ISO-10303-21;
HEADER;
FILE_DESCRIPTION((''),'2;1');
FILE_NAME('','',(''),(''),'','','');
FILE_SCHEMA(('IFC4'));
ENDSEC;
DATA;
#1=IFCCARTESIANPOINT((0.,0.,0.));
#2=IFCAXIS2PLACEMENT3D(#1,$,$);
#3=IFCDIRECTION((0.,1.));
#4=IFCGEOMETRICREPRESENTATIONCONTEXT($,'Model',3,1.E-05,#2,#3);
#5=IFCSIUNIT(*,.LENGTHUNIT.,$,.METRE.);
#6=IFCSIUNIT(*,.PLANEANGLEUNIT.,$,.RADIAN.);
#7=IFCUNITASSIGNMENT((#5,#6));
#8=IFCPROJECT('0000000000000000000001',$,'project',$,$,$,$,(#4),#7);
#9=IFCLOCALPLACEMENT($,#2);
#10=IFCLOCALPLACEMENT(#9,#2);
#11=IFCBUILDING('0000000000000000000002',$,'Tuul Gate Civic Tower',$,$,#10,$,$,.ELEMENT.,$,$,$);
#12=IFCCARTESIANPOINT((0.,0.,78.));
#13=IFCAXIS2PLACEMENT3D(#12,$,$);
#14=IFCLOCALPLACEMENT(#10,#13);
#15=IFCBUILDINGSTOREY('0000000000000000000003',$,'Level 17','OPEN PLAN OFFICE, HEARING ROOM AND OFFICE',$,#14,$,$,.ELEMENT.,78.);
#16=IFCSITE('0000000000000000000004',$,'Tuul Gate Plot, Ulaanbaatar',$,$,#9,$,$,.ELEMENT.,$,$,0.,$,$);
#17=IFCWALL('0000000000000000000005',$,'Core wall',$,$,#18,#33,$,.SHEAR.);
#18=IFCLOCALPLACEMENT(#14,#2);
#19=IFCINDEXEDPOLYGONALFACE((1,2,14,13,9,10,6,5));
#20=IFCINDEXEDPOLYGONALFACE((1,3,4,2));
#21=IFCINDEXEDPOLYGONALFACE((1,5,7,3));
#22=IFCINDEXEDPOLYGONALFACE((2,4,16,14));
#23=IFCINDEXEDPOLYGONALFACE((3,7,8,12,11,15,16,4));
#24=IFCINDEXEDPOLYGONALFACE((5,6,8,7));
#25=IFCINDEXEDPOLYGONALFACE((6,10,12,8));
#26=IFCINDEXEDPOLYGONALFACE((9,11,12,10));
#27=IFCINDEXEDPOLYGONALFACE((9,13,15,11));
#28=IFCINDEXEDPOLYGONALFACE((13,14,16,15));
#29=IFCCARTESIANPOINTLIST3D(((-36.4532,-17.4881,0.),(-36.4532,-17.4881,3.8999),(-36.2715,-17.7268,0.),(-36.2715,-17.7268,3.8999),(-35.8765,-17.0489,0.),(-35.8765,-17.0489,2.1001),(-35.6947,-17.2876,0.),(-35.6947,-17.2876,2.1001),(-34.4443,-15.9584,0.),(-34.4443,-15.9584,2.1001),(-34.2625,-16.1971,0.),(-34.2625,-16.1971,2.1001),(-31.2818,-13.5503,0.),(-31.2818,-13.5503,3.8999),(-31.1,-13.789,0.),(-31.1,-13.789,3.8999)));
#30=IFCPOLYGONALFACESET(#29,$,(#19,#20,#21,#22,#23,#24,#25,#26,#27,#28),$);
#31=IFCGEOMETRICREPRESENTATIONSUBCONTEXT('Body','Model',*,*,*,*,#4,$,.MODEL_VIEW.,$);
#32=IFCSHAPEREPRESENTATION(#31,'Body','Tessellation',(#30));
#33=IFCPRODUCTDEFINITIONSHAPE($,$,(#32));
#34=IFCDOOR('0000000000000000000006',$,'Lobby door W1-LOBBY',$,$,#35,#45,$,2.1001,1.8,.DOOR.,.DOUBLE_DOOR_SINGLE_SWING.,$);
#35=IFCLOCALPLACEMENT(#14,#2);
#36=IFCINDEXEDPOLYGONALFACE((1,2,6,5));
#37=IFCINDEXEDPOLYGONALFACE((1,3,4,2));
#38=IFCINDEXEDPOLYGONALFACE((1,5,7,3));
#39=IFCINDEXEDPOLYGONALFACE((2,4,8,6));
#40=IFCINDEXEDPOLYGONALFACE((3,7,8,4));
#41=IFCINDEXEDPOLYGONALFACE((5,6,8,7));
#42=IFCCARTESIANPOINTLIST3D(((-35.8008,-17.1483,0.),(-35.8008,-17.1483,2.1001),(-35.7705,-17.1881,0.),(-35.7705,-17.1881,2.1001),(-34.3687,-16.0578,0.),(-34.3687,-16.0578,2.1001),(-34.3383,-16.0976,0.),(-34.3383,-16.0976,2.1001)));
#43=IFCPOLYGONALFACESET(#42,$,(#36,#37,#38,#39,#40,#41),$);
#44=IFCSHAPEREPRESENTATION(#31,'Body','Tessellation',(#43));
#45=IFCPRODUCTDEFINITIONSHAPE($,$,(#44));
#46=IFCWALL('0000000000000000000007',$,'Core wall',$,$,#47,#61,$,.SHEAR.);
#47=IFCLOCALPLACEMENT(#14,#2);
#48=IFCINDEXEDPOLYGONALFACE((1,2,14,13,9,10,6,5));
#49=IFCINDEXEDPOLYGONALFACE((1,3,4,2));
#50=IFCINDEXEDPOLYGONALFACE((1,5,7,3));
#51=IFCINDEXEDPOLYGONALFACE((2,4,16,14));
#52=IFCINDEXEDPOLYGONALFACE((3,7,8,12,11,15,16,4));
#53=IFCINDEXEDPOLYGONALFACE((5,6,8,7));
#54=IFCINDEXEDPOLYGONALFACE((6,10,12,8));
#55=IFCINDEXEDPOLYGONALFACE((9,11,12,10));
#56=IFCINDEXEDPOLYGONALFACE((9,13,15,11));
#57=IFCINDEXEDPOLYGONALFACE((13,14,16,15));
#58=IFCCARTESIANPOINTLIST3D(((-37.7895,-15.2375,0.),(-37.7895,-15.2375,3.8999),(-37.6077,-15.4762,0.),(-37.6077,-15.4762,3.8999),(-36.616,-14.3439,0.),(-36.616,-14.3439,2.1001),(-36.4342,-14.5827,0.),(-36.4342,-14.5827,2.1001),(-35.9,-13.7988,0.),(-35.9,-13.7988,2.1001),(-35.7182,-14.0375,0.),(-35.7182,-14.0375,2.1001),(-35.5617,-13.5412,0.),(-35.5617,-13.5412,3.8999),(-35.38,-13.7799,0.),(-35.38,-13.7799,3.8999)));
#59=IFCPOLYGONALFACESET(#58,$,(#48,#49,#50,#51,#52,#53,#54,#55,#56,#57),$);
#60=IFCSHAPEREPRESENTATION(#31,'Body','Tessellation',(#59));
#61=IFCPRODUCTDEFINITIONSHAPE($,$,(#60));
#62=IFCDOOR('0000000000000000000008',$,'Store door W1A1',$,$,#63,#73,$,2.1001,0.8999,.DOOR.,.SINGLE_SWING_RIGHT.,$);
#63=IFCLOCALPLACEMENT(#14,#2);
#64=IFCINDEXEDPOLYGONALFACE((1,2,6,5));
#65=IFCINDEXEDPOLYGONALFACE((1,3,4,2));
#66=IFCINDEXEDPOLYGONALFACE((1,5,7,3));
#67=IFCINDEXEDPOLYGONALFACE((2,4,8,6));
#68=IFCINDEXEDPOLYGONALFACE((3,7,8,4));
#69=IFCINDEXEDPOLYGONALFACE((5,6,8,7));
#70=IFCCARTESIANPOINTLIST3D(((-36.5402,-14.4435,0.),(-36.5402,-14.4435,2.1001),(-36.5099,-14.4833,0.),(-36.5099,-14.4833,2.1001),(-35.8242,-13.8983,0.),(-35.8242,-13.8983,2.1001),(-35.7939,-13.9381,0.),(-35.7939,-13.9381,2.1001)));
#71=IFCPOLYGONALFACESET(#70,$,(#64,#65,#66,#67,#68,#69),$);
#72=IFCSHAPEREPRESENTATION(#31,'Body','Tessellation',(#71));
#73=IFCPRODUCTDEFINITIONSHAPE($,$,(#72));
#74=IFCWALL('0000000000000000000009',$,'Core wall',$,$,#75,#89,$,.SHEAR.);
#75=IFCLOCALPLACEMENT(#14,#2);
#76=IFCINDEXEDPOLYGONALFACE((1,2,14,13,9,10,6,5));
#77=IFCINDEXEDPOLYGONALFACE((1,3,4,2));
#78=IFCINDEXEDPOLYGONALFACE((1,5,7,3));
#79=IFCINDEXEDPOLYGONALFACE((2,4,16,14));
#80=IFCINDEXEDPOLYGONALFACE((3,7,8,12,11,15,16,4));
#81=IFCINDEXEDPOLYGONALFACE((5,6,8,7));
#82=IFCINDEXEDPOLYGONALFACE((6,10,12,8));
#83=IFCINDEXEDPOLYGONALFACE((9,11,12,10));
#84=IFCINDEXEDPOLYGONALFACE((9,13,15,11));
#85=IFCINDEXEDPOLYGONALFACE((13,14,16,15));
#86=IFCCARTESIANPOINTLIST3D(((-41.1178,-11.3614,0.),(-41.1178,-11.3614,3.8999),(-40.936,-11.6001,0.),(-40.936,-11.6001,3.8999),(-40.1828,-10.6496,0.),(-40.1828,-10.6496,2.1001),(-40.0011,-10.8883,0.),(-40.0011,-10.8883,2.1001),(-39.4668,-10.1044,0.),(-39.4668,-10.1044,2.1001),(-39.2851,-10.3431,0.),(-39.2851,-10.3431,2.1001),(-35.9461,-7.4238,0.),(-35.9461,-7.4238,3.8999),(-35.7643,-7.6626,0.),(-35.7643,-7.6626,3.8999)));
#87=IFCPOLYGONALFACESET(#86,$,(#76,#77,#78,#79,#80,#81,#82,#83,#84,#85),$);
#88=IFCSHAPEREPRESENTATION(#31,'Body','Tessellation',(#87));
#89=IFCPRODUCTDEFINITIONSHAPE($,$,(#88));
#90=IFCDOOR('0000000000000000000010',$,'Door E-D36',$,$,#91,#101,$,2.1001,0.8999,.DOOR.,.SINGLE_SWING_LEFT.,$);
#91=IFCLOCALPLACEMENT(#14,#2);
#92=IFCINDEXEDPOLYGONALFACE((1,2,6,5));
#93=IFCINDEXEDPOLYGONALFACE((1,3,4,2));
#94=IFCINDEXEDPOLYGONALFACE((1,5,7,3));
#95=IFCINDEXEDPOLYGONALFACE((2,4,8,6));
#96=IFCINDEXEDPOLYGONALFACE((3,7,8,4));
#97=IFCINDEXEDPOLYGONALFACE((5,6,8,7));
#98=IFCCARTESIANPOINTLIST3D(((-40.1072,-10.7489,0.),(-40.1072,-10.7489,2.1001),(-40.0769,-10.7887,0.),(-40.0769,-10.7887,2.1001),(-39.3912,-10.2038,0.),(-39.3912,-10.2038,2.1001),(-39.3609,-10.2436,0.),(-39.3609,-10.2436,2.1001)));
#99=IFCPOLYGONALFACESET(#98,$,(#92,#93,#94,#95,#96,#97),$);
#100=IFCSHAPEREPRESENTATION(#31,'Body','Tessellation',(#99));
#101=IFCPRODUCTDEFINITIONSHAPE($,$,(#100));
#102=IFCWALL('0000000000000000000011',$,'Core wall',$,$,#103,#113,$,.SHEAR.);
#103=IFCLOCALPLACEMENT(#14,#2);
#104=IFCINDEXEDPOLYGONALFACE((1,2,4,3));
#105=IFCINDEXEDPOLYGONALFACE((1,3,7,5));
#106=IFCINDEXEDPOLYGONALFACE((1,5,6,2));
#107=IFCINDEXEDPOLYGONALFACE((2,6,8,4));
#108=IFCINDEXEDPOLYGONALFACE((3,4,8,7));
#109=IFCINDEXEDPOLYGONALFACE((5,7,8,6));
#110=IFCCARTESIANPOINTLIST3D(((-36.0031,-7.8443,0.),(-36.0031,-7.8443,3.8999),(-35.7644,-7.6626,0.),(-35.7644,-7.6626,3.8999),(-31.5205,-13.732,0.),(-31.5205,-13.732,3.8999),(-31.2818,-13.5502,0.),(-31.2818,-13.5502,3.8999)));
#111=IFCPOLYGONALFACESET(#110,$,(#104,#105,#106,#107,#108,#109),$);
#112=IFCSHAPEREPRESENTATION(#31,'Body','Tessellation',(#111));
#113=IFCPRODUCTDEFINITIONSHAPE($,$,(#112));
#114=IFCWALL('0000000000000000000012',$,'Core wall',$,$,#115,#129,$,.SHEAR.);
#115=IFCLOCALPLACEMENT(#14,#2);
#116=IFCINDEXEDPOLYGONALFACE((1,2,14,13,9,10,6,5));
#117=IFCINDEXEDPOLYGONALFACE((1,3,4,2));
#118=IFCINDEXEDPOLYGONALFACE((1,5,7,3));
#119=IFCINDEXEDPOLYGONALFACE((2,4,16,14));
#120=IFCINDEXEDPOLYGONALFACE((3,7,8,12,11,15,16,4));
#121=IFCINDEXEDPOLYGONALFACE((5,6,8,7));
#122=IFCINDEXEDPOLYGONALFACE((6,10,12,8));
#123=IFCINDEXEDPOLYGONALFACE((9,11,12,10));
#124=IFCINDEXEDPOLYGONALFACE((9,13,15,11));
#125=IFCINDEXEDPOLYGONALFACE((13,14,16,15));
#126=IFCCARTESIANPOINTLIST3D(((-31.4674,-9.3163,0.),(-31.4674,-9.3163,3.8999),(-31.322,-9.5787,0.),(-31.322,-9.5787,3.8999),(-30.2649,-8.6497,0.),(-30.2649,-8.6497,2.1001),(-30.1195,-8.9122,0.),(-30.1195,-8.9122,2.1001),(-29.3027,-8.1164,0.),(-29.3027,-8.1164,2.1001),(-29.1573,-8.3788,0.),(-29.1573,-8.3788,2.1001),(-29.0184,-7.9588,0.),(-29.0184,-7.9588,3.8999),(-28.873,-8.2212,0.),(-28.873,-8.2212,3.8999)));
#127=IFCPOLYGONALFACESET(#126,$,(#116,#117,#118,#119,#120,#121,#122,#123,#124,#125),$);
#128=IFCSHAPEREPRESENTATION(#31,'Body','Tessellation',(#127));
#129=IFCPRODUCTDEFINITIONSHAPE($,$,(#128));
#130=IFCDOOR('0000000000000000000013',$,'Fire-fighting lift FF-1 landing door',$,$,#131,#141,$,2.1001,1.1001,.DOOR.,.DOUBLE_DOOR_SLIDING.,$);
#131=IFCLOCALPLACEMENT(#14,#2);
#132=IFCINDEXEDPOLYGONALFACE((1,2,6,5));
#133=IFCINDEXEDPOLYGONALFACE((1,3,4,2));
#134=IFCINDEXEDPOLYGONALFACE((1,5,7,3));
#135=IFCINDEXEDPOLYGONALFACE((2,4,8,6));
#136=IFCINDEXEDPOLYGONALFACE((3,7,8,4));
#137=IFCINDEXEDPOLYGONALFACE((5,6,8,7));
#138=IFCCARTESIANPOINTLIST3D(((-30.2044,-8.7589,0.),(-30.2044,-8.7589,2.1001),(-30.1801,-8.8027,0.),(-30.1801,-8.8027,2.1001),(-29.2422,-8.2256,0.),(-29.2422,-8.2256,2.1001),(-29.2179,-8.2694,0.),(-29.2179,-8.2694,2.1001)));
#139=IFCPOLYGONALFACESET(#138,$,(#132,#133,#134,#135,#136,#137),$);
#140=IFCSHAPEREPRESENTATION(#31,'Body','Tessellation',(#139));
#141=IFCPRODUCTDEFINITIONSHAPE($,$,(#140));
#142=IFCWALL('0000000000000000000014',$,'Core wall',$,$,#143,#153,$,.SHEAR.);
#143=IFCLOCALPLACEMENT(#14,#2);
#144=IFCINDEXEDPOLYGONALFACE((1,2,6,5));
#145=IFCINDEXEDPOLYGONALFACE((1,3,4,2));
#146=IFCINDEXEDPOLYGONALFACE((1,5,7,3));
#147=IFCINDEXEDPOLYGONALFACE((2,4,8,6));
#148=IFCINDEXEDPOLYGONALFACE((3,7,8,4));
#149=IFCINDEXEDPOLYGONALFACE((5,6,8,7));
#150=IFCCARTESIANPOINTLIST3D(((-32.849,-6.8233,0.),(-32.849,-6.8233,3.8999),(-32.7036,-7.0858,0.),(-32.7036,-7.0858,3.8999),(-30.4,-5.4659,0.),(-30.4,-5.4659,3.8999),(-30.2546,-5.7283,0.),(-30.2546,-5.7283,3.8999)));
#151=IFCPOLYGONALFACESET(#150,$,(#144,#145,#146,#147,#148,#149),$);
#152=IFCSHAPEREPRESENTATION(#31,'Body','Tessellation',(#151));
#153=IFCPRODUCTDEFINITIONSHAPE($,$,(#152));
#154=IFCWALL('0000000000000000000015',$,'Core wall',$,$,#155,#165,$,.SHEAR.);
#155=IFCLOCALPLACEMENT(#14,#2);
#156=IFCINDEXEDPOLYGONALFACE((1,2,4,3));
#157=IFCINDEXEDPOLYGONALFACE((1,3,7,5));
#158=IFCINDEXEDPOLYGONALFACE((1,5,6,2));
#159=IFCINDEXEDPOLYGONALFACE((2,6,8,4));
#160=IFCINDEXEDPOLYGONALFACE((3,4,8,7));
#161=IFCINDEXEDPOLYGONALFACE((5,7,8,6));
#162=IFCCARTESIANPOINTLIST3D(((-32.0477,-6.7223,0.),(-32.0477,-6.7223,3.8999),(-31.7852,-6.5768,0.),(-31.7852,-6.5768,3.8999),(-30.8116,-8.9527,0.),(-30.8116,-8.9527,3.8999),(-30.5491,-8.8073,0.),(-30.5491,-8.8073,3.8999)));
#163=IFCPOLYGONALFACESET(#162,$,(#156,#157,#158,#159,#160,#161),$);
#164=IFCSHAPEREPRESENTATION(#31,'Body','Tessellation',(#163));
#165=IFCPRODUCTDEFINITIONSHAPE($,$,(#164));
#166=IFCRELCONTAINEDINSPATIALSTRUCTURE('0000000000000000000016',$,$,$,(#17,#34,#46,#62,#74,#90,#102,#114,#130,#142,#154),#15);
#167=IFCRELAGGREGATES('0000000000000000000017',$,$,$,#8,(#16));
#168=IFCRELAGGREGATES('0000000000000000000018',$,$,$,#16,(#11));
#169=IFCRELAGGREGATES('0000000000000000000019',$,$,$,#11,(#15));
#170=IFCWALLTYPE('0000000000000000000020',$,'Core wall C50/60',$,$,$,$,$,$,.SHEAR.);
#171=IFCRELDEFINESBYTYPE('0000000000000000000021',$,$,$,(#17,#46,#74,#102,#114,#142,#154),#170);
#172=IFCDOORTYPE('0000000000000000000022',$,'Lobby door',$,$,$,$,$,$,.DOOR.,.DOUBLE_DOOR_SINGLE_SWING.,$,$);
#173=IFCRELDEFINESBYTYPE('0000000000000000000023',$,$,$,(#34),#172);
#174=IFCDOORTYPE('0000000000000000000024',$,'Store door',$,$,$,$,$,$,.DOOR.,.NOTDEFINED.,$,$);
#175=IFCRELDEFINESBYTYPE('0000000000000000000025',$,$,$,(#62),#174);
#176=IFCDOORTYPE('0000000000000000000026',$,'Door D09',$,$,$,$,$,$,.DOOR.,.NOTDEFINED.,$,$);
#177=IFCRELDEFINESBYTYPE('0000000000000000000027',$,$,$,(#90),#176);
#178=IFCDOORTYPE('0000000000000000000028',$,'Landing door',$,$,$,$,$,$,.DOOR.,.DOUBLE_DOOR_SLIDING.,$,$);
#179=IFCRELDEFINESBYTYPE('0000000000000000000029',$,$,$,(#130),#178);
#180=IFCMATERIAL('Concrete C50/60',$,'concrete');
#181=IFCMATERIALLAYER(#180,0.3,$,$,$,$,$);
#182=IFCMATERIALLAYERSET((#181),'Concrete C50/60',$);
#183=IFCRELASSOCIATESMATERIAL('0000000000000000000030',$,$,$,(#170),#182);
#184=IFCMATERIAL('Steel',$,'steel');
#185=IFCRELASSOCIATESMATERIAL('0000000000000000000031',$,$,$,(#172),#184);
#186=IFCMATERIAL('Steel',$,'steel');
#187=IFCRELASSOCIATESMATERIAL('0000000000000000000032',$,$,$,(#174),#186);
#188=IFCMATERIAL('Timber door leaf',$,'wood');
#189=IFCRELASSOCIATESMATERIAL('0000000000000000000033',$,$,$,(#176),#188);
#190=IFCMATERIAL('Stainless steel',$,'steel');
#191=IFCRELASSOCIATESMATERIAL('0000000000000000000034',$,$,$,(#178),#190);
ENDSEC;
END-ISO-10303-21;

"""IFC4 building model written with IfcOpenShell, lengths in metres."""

from ifc_helpers import new_model, si_unit, direction, frame, frame_2d, origin, place, context, subcontext, project, spatial, rectangle, extrude, material, layer, layer_set, type_object, element, fill, save


model = new_model("IFC4")

# Units and contexts
model_context = context("Model", 3, precision=1e-05, world=origin(), true_north=direction((0.0, 1.0)))
body_context = subcontext(model_context, "Body", "Model", "MODEL_VIEW")
ifc_project = project(units=[si_unit("LENGTHUNIT", "METRE"), si_unit("PLANEANGLEUNIT", "RADIAN")], contexts=[model_context])

# Site, building, storey
site_placement = place(None, origin())
site = spatial("IfcSite", under=ifc_project, at=site_placement, Name="Tuul Gate Plot, Ulaanbaatar", CompositionType="ELEMENT", RefElevation=0.0)
building_placement = place(site_placement, origin())
building = spatial("IfcBuilding", under=site, at=building_placement, Name="Tuul Gate Civic Tower", CompositionType="ELEMENT")
storey_placement = place(building_placement, frame((0.0, 0.0, 78.0)))
storey = spatial("IfcBuildingStorey", under=building, at=storey_placement, Name="Level 17", Description="OPEN PLAN OFFICE, HEARING ROOM AND OFFICE", CompositionType="ELEMENT", Elevation=78.0)

# Walls, openings, doors
ifc_material_1 = material(Name="Concrete C50/60", Category="concrete")
ifc_layer = layer(ifc_material_1, 0.3)
ifc_layer_set = layer_set([ifc_layer], Name="Concrete C50/60")
wall_type = type_object("IfcWallType", Name="Core wall C50/60", PredefinedType="SHEAR", material=ifc_layer_set)
wall_1_placement = place(storey_placement, frame((-31.1909, -13.6697, 0.0), z_axis=(0.0, 0.0, 1.0), x_axis=(-0.795607, -0.605813, 0.0)))
wall_1 = element("IfcWall", 1, at=wall_1_placement, inside=storey, type_object=wall_type, Name="Core wall", PredefinedType="SHEAR", context=body_context, shape_type="SweptSolid", body=[
    extrude(rectangle(XDim=6.5, YDim=0.3, at=frame_2d((3.25, 0.0))), origin(), (0.0, 0.0, 1.0), 3.8999),
])
opening_1_placement = place(wall_1_placement, frame((3.9751, 0.0, 0.0)))
opening_1 = element("IfcOpeningElement", 2, at=opening_1_placement, cuts=wall_1, PredefinedType="OPENING", context=body_context, shape_type="SweptSolid", body=[
    extrude(rectangle(XDim=1.8, YDim=2.1001, at=frame_2d((0.8999, 1.05))), frame((0.0, 0.1602, 0.0), z_axis=(0.0, -1.0, 0.0), x_axis=(1.0, 0.0, 0.0)), (0.0, 0.0, 1.0), 0.3201),
])
ifc_material_2 = material(Name="Steel", Category="steel")
door_type_1 = type_object("IfcDoorType", Name="Lobby door", OperationType="DOUBLE_DOOR_SINGLE_SWING", PredefinedType="DOOR", material=ifc_material_2)
door_1_placement = place(opening_1_placement, origin())
door_1 = element("IfcDoor", 3, at=door_1_placement, inside=storey, type_object=door_type_1, Name="Lobby door W1-LOBBY", OperationType="DOUBLE_DOOR_SINGLE_SWING", OverallHeight=2.1001, OverallWidth=1.8, PredefinedType="DOOR", context=body_context, shape_type="SweptSolid", body=[
    extrude(rectangle(XDim=1.8, YDim=2.1001, at=frame_2d((0.8999, 1.05))), frame((0.0, 0.0249, 0.0), z_axis=(0.0, -1.0, 0.0), x_axis=(1.0, 0.0, 0.0)), (0.0, 0.0, 1.0), 0.05),
])
fill(opening_1, door_1)
wall_2_placement = place(storey_placement, frame((-35.4709, -13.6606, 0.0), z_axis=(0.0, 0.0, 1.0), x_axis=(-0.795616, -0.605802, 0.0)))
wall_2 = element("IfcWall", 4, at=wall_2_placement, inside=storey, type_object=wall_type, Name="Core wall", PredefinedType="SHEAR", context=body_context, shape_type="SweptSolid", body=[
    extrude(rectangle(XDim=2.8, YDim=0.3, at=frame_2d((1.3999, 0.0))), origin(), (0.0, 0.0, 1.0), 3.8999),
])
opening_2_placement = place(wall_2_placement, frame((0.425, 0.0, 0.0)))
opening_2 = element("IfcOpeningElement", 5, at=opening_2_placement, cuts=wall_2, PredefinedType="OPENING", context=body_context, shape_type="SweptSolid", body=[
    extrude(rectangle(XDim=0.8999, YDim=2.1001, at=frame_2d((0.45, 1.05))), frame((0.0, 0.1602, 0.0), z_axis=(0.0, -1.0, 0.0), x_axis=(1.0, 0.0, 0.0)), (0.0, 0.0, 1.0), 0.3201),
])
ifc_material_3 = material(Name="Steel", Category="steel")
door_type_2 = type_object("IfcDoorType", Name="Store door", OperationType="NOTDEFINED", PredefinedType="DOOR", material=ifc_material_3)
door_2_placement = place(opening_2_placement, frame((0.8999, 0.0, 0.0), z_axis=(0.0, 0.0, 1.0), x_axis=(-1.0, 0.0, 0.0)))
door_2 = element("IfcDoor", 6, at=door_2_placement, inside=storey, type_object=door_type_2, Name="Store door W1A1", OperationType="SINGLE_SWING_RIGHT", OverallHeight=2.1001, OverallWidth=0.8999, PredefinedType="DOOR", context=body_context, shape_type="SweptSolid", body=[
    extrude(rectangle(XDim=0.8999, YDim=2.1001, at=frame_2d((0.45, 1.05))), frame((0.0, 0.0249, 0.0), z_axis=(0.0, -1.0, 0.0), x_axis=(1.0, 0.0, 0.0)), (0.0, 0.0, 1.0), 0.05),
])
fill(opening_2, door_2)
wall_3_placement = place(storey_placement, frame((-35.8552, -7.5432, 0.0), z_axis=(0.0, 0.0, 1.0), x_axis=(-0.795639, -0.605772, 0.0)))
wall_3 = element("IfcWall", 7, at=wall_3_placement, inside=storey, type_object=wall_type, Name="Core wall", PredefinedType="SHEAR", context=body_context, shape_type="SweptSolid", body=[
    extrude(rectangle(XDim=6.5, YDim=0.3, at=frame_2d((3.25, 0.0))), origin(), (0.0, 0.0, 1.0), 3.8999),
])
opening_3_placement = place(wall_3_placement, frame((4.425, 0.0, 0.0)))
opening_3 = element("IfcOpeningElement", 8, at=opening_3_placement, cuts=wall_3, PredefinedType="OPENING", context=body_context, shape_type="SweptSolid", body=[
    extrude(rectangle(XDim=0.8999, YDim=2.1001, at=frame_2d((0.45, 1.05))), frame((0.0, 0.1602, 0.0), z_axis=(0.0, -1.0, 0.0), x_axis=(1.0, 0.0, 0.0)), (0.0, 0.0, 1.0), 0.3201),
])
ifc_material_4 = material(Name="Timber door leaf", Category="wood")
door_type_3 = type_object("IfcDoorType", Name="Door D09", OperationType="NOTDEFINED", PredefinedType="DOOR", material=ifc_material_4)
door_3_placement = place(opening_3_placement, origin())
door_3 = element("IfcDoor", 9, at=door_3_placement, inside=storey, type_object=door_type_3, Name="Door E-D36", OperationType="SINGLE_SWING_LEFT", OverallHeight=2.1001, OverallWidth=0.8999, PredefinedType="DOOR", context=body_context, shape_type="SweptSolid", body=[
    extrude(rectangle(XDim=0.8999, YDim=2.1001, at=frame_2d((0.45, 1.05))), frame((0.0, 0.0249, 0.0), z_axis=(0.0, -1.0, 0.0), x_axis=(1.0, 0.0, 0.0)), (0.0, 0.0, 1.0), 0.05),
])
fill(opening_3, door_3)

# Wall
wall_4_placement = place(storey_placement, frame((-31.4011, -13.6411, 0.0), z_axis=(0.0, 0.0, 1.0), x_axis=(-0.60577, 0.79564, 0.0)))
element("IfcWall", 10, at=wall_4_placement, inside=storey, type_object=wall_type, Name="Core wall", PredefinedType="SHEAR", context=body_context, shape_type="SweptSolid", body=[
    extrude(rectangle(XDim=7.3999, YDim=0.3, at=frame_2d((3.7, 0.0))), origin(), (0.0, 0.0, 1.0), 3.8999),
])

# Wall, opening, door
wall_5_placement = place(storey_placement, frame((-28.9458, -8.0901, 0.0), z_axis=(0.0, 0.0, 1.0), x_axis=(-0.87463, -0.484791, 0.0)))
wall_5 = element("IfcWall", 11, at=wall_5_placement, inside=storey, type_object=wall_type, Name="Core wall", PredefinedType="SHEAR", context=body_context, shape_type="SweptSolid", body=[
    extrude(rectangle(XDim=2.8, YDim=0.3, at=frame_2d((1.3999, 0.0))), origin(), (0.0, 0.0, 1.0), 3.8999),
])
opening_4_placement = place(wall_5_placement, frame((0.325, 0.0, 0.0)))
opening_4 = element("IfcOpeningElement", 12, at=opening_4_placement, cuts=wall_5, PredefinedType="OPENING", context=body_context, shape_type="SweptSolid", body=[
    extrude(rectangle(XDim=1.1001, YDim=2.1001, at=frame_2d((0.55, 1.05))), frame((0.0, 0.1602, 0.0), z_axis=(0.0, -1.0, 0.0), x_axis=(1.0, 0.0, 0.0)), (0.0, 0.0, 1.0), 0.3201),
])
ifc_material_5 = material(Name="Stainless steel", Category="steel")
door_type_4 = type_object("IfcDoorType", Name="Landing door", OperationType="DOUBLE_DOOR_SLIDING", PredefinedType="DOOR", material=ifc_material_5)
door_4_placement = place(opening_4_placement, origin())
door_4 = element("IfcDoor", 13, at=door_4_placement, inside=storey, type_object=door_type_4, Name="Fire-fighting lift FF-1 landing door", OperationType="DOUBLE_DOOR_SLIDING", OverallHeight=2.1001, OverallWidth=1.1001, PredefinedType="DOOR", context=body_context, shape_type="SweptSolid", body=[
    extrude(rectangle(XDim=1.1001, YDim=2.1001, at=frame_2d((0.55, 1.05))), frame((0.0, 0.0249, 0.0), z_axis=(0.0, -1.0, 0.0), x_axis=(1.0, 0.0, 0.0)), (0.0, 0.0, 1.0), 0.05),
])
fill(opening_4, door_4)

# Walls
wall_6_placement = place(storey_placement, frame((-30.3274, -5.5972, 0.0), z_axis=(0.0, 0.0, 1.0), x_axis=(-0.87463, -0.484791, 0.0)))
element("IfcWall", 14, at=wall_6_placement, inside=storey, type_object=wall_type, Name="Core wall", PredefinedType="SHEAR", context=body_context, shape_type="SweptSolid", body=[
    extrude(rectangle(XDim=2.8, YDim=0.3, at=frame_2d((1.3999, 0.0))), origin(), (0.0, 0.0, 1.0), 3.8999),
])
wall_7_placement = place(storey_placement, frame((-30.6804, -8.8799, 0.0), z_axis=(0.0, 0.0, 1.0), x_axis=(-0.484724, 0.874667, 0.0)))
element("IfcWall", 15, at=wall_7_placement, inside=storey, type_object=wall_type, Name="Core wall", PredefinedType="SHEAR", context=body_context, shape_type="SweptSolid", body=[
    extrude(rectangle(XDim=2.55, YDim=0.3, at=frame_2d((1.2749, 0.0))), origin(), (0.0, 0.0, 1.0), 3.8999),
])

save(model, "model.ifc")
